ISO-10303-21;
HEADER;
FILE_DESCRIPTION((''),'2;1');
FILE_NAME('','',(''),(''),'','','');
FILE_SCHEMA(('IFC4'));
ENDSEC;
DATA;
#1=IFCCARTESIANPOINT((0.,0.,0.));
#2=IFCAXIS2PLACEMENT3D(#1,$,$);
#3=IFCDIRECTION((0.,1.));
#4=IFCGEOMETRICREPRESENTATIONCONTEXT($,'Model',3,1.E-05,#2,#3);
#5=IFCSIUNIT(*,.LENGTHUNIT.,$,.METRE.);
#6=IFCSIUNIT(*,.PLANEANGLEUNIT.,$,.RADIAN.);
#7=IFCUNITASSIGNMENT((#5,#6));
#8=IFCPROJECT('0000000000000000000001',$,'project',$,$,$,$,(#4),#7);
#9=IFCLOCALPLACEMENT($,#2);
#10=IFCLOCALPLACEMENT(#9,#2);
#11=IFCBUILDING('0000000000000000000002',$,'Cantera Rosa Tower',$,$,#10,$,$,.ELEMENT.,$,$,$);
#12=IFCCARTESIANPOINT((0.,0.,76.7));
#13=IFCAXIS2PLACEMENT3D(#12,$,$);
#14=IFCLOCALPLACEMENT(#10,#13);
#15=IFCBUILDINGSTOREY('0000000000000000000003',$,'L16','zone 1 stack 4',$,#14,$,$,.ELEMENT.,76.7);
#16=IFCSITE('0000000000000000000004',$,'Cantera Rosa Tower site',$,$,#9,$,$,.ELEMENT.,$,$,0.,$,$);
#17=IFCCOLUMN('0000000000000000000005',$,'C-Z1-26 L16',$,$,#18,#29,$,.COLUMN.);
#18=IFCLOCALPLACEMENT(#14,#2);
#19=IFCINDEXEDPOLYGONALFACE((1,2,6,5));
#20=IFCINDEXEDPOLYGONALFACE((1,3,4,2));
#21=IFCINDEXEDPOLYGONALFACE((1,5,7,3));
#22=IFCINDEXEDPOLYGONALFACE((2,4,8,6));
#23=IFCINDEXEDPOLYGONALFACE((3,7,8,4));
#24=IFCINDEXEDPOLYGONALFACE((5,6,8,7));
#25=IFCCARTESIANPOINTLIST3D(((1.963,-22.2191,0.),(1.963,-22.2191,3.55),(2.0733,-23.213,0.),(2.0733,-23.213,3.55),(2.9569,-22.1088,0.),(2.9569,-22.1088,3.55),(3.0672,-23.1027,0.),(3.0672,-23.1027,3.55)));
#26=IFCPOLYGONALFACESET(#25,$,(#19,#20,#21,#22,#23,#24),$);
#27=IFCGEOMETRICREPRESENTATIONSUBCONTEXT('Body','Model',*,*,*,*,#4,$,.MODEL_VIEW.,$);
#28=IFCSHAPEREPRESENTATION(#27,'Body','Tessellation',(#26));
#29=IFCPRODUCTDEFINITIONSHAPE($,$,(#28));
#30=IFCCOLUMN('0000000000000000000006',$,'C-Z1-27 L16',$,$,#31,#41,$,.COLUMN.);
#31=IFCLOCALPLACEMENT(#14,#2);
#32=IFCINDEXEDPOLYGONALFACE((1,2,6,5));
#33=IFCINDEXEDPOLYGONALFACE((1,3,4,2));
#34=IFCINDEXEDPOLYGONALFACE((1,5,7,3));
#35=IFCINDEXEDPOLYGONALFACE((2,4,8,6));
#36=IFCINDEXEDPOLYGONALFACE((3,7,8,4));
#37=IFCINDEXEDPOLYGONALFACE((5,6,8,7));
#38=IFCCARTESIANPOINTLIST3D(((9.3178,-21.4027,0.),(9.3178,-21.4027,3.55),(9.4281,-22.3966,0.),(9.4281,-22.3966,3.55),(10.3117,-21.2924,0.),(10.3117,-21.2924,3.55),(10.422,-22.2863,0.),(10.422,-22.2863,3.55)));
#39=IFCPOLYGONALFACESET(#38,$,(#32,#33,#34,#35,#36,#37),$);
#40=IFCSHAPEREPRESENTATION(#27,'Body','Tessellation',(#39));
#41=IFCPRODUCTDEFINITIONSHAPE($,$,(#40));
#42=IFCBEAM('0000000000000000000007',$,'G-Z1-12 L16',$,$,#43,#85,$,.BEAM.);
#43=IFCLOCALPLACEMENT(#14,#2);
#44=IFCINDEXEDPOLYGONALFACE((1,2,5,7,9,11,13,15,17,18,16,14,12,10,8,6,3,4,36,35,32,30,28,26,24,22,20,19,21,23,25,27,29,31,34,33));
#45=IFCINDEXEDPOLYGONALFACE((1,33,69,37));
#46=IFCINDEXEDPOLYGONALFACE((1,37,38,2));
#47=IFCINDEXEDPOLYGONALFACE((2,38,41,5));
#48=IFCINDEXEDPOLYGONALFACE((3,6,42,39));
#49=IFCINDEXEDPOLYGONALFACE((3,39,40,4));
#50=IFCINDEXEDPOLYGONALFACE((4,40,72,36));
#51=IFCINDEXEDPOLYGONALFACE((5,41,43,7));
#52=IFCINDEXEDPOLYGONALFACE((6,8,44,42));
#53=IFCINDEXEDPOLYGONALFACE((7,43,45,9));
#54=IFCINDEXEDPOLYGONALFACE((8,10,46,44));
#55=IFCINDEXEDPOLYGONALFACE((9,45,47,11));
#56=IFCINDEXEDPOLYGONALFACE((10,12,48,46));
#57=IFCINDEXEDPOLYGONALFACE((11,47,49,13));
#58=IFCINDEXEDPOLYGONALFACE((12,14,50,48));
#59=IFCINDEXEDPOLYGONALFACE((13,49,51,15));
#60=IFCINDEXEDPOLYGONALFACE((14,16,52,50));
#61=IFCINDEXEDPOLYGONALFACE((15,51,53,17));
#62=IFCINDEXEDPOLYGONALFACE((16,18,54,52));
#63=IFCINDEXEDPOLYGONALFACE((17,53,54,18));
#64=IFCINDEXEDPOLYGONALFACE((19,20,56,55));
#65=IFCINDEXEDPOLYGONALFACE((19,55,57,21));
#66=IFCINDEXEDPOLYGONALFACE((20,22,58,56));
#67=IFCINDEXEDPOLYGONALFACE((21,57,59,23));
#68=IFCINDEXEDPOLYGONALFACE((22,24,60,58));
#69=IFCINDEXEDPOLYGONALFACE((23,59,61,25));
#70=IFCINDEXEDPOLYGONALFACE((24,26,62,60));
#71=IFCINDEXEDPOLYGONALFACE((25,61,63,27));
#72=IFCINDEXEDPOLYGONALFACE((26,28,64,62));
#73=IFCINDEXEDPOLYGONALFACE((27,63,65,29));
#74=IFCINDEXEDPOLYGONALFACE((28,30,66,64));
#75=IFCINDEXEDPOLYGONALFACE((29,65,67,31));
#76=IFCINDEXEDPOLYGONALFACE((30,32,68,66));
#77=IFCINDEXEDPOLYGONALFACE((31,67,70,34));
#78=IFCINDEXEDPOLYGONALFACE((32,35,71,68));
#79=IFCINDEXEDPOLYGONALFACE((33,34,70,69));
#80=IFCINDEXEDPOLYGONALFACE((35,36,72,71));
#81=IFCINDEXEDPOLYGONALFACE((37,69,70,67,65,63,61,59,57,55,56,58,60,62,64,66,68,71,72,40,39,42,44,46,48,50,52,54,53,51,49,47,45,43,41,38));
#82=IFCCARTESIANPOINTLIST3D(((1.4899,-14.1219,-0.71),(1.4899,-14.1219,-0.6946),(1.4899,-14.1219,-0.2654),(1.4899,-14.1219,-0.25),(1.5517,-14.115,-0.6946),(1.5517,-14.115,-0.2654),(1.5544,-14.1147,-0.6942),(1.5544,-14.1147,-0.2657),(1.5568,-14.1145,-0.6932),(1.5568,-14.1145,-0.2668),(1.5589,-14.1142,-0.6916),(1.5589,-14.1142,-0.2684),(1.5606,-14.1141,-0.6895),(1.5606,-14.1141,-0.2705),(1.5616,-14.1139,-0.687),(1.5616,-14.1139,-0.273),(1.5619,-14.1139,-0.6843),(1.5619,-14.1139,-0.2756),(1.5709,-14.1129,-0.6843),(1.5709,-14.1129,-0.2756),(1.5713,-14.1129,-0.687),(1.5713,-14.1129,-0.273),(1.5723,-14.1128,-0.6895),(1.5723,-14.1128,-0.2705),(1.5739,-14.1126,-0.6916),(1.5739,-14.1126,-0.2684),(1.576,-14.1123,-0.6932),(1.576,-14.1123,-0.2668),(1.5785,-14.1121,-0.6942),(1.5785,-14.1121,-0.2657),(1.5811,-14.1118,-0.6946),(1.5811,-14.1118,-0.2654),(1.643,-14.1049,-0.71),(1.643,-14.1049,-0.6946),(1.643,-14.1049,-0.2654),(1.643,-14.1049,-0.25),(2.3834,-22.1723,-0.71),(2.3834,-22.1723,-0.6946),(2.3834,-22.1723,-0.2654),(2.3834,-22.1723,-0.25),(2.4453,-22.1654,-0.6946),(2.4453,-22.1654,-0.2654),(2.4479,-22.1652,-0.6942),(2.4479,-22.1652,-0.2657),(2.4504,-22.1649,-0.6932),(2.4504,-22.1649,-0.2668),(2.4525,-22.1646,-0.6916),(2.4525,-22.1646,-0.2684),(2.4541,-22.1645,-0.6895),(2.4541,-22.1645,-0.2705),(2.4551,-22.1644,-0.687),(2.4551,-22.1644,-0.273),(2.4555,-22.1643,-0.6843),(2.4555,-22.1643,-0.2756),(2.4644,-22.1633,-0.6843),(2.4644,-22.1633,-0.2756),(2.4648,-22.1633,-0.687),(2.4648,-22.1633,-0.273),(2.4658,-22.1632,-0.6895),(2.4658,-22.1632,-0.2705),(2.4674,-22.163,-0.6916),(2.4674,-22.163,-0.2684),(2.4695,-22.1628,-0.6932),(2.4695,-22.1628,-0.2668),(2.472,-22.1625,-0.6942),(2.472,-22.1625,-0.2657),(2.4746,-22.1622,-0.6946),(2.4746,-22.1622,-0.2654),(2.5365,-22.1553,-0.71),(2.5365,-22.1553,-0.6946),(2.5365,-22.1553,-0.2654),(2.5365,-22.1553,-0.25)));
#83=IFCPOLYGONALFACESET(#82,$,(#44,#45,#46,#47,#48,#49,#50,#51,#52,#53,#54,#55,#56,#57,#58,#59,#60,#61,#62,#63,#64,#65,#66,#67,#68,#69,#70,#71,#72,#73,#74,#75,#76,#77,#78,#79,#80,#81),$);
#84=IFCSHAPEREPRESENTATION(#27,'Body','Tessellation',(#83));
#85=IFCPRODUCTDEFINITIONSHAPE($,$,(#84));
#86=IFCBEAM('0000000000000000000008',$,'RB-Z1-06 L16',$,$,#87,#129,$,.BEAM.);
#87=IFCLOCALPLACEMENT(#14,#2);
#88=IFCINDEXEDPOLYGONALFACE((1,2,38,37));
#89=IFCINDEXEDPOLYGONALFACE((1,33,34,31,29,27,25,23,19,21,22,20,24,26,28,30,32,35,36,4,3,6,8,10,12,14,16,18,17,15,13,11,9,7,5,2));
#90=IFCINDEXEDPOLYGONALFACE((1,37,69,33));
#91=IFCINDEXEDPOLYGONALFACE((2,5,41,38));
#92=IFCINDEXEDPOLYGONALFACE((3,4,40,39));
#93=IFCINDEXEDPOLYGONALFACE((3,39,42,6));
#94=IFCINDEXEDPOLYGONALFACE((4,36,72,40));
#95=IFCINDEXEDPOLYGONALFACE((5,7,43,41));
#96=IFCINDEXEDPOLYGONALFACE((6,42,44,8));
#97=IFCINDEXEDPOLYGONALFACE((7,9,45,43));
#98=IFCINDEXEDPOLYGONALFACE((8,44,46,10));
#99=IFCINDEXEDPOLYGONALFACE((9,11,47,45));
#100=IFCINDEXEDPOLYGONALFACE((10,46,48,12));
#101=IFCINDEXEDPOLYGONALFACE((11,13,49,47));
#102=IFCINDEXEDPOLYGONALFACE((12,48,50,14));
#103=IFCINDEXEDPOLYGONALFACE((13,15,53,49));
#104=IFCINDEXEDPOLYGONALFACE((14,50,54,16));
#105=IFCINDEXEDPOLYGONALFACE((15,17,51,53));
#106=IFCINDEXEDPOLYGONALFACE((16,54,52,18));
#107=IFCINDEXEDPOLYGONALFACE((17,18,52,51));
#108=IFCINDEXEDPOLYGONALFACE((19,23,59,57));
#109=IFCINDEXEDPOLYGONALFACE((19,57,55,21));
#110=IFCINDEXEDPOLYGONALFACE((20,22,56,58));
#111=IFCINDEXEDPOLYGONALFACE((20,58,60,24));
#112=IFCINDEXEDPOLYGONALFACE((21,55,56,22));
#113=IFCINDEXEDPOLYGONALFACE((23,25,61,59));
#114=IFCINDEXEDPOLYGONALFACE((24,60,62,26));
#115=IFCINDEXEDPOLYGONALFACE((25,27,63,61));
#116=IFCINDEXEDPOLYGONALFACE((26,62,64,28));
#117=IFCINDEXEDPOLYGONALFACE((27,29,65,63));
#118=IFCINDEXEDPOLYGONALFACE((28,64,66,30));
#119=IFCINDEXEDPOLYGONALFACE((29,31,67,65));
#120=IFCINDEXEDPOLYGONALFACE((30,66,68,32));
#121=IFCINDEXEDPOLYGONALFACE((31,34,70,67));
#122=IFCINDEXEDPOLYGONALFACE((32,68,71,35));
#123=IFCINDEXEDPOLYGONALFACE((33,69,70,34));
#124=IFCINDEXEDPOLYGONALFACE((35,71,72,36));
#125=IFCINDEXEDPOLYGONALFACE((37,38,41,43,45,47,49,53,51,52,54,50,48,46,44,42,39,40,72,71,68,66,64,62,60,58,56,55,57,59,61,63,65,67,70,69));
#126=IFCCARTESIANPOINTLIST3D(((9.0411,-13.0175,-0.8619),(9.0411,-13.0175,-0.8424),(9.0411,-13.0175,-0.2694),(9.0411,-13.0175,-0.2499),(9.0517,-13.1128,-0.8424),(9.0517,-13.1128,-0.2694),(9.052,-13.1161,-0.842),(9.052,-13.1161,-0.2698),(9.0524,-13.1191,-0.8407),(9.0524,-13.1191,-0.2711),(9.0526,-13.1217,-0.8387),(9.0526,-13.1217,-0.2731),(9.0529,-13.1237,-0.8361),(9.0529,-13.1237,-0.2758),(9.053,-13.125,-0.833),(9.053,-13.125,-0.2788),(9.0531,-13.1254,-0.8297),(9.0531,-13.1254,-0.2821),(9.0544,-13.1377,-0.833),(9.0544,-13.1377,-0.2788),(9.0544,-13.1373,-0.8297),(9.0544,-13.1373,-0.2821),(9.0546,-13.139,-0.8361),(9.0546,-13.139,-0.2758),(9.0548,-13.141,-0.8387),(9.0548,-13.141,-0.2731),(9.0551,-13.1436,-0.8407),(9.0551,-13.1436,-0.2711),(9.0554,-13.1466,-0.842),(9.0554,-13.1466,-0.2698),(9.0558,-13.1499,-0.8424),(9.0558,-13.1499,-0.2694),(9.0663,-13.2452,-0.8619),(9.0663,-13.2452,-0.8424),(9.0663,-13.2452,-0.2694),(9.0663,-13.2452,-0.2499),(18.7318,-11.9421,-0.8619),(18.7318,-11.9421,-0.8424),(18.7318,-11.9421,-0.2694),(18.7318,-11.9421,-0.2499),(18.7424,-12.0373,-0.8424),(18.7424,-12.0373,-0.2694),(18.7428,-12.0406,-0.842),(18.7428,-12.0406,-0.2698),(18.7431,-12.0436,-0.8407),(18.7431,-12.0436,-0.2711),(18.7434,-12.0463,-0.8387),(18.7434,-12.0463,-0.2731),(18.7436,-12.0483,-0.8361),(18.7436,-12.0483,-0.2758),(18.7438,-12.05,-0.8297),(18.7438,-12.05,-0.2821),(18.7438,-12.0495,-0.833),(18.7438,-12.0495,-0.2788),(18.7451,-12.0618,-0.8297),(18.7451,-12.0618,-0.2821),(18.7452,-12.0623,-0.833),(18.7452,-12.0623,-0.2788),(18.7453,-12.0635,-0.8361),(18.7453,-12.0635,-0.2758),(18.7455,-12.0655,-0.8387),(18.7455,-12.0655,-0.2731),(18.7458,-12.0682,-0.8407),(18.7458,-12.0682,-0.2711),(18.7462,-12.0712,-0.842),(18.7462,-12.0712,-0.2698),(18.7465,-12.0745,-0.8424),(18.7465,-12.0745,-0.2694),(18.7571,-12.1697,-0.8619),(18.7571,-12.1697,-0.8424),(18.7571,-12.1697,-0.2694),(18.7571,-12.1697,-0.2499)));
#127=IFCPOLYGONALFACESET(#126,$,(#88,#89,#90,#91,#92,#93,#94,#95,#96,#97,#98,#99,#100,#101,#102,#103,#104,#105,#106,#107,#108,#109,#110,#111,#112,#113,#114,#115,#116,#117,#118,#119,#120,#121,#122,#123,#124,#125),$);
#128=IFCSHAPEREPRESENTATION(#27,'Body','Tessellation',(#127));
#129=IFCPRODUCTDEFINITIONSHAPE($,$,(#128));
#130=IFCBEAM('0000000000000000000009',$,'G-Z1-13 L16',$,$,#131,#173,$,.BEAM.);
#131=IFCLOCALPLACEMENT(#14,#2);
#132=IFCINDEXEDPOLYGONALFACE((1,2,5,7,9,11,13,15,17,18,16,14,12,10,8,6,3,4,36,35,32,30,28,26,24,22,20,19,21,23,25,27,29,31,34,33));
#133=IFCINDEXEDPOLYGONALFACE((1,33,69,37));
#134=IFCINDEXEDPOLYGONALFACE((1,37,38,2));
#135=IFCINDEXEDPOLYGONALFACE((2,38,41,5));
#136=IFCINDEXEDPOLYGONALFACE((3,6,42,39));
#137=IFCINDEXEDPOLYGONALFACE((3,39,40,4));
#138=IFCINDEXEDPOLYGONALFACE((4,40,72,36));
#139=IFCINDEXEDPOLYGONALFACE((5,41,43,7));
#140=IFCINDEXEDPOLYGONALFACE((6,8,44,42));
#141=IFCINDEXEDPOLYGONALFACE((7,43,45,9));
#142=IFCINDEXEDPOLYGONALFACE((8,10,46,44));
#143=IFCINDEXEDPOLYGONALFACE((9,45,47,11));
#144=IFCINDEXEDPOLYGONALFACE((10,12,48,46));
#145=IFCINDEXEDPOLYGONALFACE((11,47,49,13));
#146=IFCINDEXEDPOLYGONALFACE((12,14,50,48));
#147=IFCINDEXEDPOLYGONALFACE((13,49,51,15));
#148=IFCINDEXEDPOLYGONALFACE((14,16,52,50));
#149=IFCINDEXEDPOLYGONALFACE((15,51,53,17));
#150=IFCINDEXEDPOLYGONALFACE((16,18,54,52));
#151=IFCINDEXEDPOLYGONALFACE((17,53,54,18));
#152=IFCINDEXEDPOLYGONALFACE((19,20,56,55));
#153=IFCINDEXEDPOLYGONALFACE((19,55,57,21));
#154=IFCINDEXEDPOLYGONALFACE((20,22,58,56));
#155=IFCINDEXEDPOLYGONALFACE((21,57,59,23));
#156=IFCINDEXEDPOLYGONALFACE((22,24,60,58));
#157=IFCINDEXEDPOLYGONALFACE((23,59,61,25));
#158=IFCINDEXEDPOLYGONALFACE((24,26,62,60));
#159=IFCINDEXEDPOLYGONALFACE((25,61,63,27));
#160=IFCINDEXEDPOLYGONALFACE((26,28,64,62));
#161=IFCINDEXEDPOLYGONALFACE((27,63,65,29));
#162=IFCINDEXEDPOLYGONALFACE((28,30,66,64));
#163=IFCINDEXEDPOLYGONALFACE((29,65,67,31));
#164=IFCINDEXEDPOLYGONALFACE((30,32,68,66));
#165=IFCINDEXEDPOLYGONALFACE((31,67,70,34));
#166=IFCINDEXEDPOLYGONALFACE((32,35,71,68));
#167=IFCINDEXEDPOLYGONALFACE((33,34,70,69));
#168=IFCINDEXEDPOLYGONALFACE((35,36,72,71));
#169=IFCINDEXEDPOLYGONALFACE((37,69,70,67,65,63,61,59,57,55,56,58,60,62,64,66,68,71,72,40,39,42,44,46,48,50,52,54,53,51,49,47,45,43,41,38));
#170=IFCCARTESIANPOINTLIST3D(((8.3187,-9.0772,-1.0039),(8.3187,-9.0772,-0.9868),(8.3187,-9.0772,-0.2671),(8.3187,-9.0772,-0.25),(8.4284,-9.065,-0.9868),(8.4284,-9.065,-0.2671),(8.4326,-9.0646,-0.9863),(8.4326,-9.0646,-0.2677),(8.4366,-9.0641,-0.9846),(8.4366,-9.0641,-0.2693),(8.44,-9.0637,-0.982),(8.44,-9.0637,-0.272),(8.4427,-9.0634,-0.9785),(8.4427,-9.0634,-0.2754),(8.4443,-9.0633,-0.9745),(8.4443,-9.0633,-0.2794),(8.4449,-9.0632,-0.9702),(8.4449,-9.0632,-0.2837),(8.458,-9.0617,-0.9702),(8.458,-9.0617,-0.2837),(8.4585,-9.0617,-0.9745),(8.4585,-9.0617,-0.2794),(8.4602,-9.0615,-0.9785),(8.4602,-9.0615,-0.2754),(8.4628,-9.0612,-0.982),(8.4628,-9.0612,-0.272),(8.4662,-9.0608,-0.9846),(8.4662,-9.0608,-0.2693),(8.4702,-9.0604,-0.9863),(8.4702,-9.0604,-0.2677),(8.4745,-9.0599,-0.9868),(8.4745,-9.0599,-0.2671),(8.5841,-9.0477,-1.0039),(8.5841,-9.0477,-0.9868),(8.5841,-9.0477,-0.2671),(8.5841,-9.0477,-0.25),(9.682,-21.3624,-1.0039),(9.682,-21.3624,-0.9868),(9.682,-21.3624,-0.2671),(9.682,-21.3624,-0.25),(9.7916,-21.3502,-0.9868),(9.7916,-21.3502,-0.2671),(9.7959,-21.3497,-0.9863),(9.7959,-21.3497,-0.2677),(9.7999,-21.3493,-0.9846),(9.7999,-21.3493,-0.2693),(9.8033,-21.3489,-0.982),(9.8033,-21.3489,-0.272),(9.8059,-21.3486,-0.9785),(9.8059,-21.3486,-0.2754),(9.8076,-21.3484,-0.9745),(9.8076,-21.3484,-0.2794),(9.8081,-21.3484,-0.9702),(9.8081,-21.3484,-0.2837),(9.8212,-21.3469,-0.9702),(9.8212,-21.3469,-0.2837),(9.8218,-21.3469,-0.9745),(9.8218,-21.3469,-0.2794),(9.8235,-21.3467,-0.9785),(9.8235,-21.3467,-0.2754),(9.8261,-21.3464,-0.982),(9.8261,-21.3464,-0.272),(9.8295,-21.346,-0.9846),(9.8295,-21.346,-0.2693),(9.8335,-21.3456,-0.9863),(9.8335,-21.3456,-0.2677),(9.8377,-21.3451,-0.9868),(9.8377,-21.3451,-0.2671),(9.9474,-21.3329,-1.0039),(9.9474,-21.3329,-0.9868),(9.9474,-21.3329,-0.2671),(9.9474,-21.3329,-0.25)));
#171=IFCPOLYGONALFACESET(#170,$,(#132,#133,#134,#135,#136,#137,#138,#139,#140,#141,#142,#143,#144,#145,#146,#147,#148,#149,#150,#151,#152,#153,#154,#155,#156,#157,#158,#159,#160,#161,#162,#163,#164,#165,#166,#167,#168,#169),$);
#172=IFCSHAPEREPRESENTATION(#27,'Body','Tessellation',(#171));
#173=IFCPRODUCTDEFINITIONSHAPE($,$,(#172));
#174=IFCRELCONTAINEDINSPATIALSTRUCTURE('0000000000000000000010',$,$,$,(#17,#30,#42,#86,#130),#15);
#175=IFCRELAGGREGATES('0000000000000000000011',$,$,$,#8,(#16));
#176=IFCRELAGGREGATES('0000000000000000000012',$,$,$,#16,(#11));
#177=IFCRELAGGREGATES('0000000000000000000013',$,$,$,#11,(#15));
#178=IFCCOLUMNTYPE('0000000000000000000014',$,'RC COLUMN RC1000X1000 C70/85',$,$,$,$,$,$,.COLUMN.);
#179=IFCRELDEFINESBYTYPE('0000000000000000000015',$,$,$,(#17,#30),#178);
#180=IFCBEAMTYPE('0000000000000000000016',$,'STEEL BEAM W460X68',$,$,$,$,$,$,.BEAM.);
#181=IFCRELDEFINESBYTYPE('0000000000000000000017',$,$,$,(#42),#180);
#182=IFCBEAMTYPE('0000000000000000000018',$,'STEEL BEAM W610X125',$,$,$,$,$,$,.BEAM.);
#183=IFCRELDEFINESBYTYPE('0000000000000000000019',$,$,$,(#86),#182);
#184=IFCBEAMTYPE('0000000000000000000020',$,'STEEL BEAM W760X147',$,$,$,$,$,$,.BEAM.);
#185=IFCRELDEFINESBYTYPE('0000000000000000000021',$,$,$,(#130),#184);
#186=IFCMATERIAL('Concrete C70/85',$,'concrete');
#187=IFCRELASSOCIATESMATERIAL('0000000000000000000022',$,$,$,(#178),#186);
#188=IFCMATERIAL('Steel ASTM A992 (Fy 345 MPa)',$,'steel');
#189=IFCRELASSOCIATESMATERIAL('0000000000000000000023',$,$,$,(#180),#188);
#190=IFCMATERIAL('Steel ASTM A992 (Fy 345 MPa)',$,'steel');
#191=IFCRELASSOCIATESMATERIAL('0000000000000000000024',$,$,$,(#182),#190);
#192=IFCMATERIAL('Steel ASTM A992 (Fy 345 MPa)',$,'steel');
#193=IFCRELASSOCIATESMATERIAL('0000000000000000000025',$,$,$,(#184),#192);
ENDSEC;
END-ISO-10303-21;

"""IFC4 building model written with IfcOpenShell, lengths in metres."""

from ifc_helpers import new_model, si_unit, direction, frame, origin, origin_2d, place, context, subcontext, project, spatial, rectangle, i_section, extrude, material, material_profile, profile_set, type_object, element, save


model = new_model("IFC4")

# Units and contexts
model_context = context("Model", 3, precision=1e-05, world=origin(), true_north=direction((0.0, 1.0)))
body_context = subcontext(model_context, "Body", "Model", "MODEL_VIEW")
ifc_project = project(units=[si_unit("LENGTHUNIT", "METRE"), si_unit("PLANEANGLEUNIT", "RADIAN")], contexts=[model_context])

# Site, building, storey
site_placement = place(None, origin())
site = spatial("IfcSite", under=ifc_project, at=site_placement, Name="Cantera Rosa Tower site", CompositionType="ELEMENT", RefElevation=0.0)
building_placement = place(site_placement, origin())
building = spatial("IfcBuilding", under=site, at=building_placement, Name="Cantera Rosa Tower", CompositionType="ELEMENT")
storey_placement = place(building_placement, frame((0.0, 0.0, 76.7)))
storey = spatial("IfcBuildingStorey", under=building, at=storey_placement, Name="L16", Description="zone 1 stack 4", CompositionType="ELEMENT", Elevation=76.7)

# Columns
ifc_material_1 = material(Name="Concrete C70/85", Category="concrete")
ifc_material_profile_1 = material_profile(ifc_material_1, rectangle(XDim=1.0, YDim=1.0, at=origin_2d()), Name="RC COLUMN RC1000X1000 C70/85")
ifc_profile_set_1 = profile_set([ifc_material_profile_1], Name="Concrete C70/85")
column_type = type_object("IfcColumnType", Name="RC COLUMN RC1000X1000 C70/85", PredefinedType="COLUMN", material=ifc_profile_set_1)
for number, where, z_axis, x_axis, name in (
    (1, (2.5151, -22.6609, 0.0), (0.0, 0.0, 1.0), (0.993897, 0.110313, 0.0), "C-Z1-26 L16"),
    (2, (9.8699, -21.8445, 0.0), (0.0, 0.0, 1.0), (0.993897, 0.110313, 0.0), "C-Z1-27 L16"),
):
    element("IfcColumn", number, at=place(storey_placement, frame(where, z_axis=z_axis, x_axis=x_axis)), inside=storey, type_object=column_type, Name=name, PredefinedType="COLUMN", context=body_context, shape_type="SweptSolid", body=[
        extrude(rectangle(XDim=1.0, YDim=1.0, at=origin_2d()), origin(), (0.0, 0.0, 1.0), 3.55),
    ])

# Beams
ifc_material_2 = material(Name="Steel ASTM A992 (Fy 345 MPa)", Category="steel")
ifc_material_profile_2 = material_profile(ifc_material_2, i_section(OverallWidth=0.1541, OverallDepth=0.46, WebThickness=0.009, FlangeThickness=0.0154, FilletRadius=0.0103, at=origin_2d()), Name="W460X68")
ifc_profile_set_2 = profile_set([ifc_material_profile_2], Name="Steel ASTM A992 (Fy 345 MPa)")
beam_type_1 = type_object("IfcBeamType", Name="STEEL BEAM W460X68", PredefinedType="BEAM", material=ifc_profile_set_2)
beam_1_placement = place(storey_placement, frame((2.46, -22.1638, -0.48), z_axis=(-0.110316, 0.993897, 0.0), x_axis=(-0.993897, -0.110316, 0.0)))
element("IfcBeam", 3, at=beam_1_placement, inside=storey, type_object=beam_type_1, Name="G-Z1-12 L16", PredefinedType="BEAM", context=body_context, shape_type="SweptSolid", body=[
    extrude(i_section(OverallWidth=0.1541, OverallDepth=0.46, WebThickness=0.009, FlangeThickness=0.0154, FilletRadius=0.0103, at=origin_2d()), origin(), (0.0, 0.0, 1.0), 8.0999),
])
ifc_material_3 = material(Name="Steel ASTM A992 (Fy 345 MPa)", Category="steel")
ifc_material_profile_3 = material_profile(ifc_material_3, i_section(OverallWidth=0.229, OverallDepth=0.6121, WebThickness=0.012, FlangeThickness=0.0195, FilletRadius=0.0127, at=origin_2d()), Name="W610X125")
ifc_profile_set_3 = profile_set([ifc_material_profile_3], Name="Steel ASTM A992 (Fy 345 MPa)")
beam_type_2 = type_object("IfcBeamType", Name="STEEL BEAM W610X125", PredefinedType="BEAM", material=ifc_profile_set_3)
beam_2_placement = place(storey_placement, frame((9.0537, -13.1313, -0.5559), z_axis=(0.993898, 0.1103, 0.0), x_axis=(-0.1103, 0.993898, 0.0)))
element("IfcBeam", 4, at=beam_2_placement, inside=storey, type_object=beam_type_2, Name="RB-Z1-06 L16", PredefinedType="BEAM", context=body_context, shape_type="SweptSolid", body=[
    extrude(i_section(OverallWidth=0.229, OverallDepth=0.6121, WebThickness=0.012, FlangeThickness=0.0195, FilletRadius=0.0127, at=origin_2d()), origin(), (0.0, 0.0, 1.0), 9.7502),
])
ifc_material_4 = material(Name="Steel ASTM A992 (Fy 345 MPa)", Category="steel")
ifc_material_profile_4 = material_profile(ifc_material_4, i_section(OverallWidth=0.2671, OverallDepth=0.7539, WebThickness=0.0132, FlangeThickness=0.0171, FilletRadius=0.0166, at=origin_2d()), Name="W760X147")
ifc_profile_set_4 = profile_set([ifc_material_profile_4], Name="Steel ASTM A992 (Fy 345 MPa)")
beam_type_3 = type_object("IfcBeamType", Name="STEEL BEAM W760X147", PredefinedType="BEAM", material=ifc_profile_set_4)
beam_3_placement = place(storey_placement, frame((9.8147, -21.3477, -0.627), z_axis=(-0.110293, 0.993899, 0.0), x_axis=(-0.993899, -0.110293, 0.0)))
element("IfcBeam", 5, at=beam_3_placement, inside=storey, type_object=beam_type_3, Name="G-Z1-13 L16", PredefinedType="BEAM", context=body_context, shape_type="SweptSolid", body=[
    extrude(i_section(OverallWidth=0.2671, OverallDepth=0.7539, WebThickness=0.0132, FlangeThickness=0.0171, FilletRadius=0.0166, at=origin_2d()), origin(), (0.0, 0.0, 1.0), 12.3606),
])

save(model, "model.ifc")
